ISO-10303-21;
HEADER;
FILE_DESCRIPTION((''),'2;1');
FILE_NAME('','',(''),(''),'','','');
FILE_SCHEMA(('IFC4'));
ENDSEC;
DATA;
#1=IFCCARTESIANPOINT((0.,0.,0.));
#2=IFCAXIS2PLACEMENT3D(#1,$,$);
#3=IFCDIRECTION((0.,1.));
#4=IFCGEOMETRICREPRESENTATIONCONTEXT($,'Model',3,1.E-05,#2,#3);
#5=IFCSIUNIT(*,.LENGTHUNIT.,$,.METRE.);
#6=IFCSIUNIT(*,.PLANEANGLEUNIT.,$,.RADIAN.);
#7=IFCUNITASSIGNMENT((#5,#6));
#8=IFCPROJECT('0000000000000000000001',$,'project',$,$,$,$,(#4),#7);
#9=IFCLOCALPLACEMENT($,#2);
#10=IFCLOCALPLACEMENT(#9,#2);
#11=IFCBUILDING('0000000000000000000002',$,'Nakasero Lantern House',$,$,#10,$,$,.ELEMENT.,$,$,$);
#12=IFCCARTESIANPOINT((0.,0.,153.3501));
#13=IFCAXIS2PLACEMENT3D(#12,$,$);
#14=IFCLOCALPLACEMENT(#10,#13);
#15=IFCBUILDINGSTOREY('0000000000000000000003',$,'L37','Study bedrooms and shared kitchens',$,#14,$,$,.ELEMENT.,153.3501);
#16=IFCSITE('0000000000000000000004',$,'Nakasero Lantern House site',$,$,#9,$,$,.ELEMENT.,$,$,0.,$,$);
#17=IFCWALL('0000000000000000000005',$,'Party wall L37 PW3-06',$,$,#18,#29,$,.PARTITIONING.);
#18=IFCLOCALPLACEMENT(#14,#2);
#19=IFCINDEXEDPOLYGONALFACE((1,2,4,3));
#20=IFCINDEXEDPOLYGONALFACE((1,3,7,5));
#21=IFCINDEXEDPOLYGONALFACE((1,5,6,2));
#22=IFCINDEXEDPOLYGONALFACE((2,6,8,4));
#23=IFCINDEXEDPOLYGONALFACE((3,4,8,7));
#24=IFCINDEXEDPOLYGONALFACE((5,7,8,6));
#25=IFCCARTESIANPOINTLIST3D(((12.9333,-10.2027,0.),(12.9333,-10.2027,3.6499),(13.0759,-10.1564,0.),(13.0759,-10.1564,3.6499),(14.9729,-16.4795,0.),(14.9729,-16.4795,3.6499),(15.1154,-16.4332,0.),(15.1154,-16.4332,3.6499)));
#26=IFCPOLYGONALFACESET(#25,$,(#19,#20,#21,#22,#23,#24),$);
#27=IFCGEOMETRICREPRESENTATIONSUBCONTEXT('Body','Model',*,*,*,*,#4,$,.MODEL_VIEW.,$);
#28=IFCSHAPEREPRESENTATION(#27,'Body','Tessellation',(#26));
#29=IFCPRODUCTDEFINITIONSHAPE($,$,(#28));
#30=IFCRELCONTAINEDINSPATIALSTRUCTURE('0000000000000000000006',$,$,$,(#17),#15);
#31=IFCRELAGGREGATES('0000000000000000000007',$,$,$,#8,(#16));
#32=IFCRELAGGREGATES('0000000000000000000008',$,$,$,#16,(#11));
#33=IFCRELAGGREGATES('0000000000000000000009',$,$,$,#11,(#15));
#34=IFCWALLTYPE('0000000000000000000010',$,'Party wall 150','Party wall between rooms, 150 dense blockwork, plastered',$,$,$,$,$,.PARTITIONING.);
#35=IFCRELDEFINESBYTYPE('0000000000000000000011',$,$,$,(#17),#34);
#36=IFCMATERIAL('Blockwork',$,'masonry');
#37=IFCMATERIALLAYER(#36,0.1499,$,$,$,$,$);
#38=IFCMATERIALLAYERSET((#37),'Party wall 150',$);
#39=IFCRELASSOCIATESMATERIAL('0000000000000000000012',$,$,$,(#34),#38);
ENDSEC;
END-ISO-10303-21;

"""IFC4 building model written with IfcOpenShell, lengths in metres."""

from ifc_helpers import new_model, si_unit, direction, frame, frame_2d, origin, place, context, subcontext, project, spatial, rectangle, extrude, material, layer, layer_set, type_object, element, save


model = new_model("IFC4")

# Units and contexts
model_context = context("Model", 3, precision=1e-05, world=origin(), true_north=direction((0.0, 1.0)))
body_context = subcontext(model_context, "Body", "Model", "MODEL_VIEW")
ifc_project = project(units=[si_unit("LENGTHUNIT", "METRE"), si_unit("PLANEANGLEUNIT", "RADIAN")], contexts=[model_context])

# Site, building, storey
site_placement = place(None, origin())
site = spatial("IfcSite", under=ifc_project, at=site_placement, Name="Nakasero Lantern House site", CompositionType="ELEMENT", RefElevation=0.0)
building_placement = place(site_placement, origin())
building = spatial("IfcBuilding", under=site, at=building_placement, Name="Nakasero Lantern House", CompositionType="ELEMENT")
storey_placement = place(building_placement, frame((0.0, 0.0, 153.3501)))
storey = spatial("IfcBuildingStorey", under=building, at=storey_placement, Name="L37", Description="Study bedrooms and shared kitchens", CompositionType="ELEMENT", Elevation=153.3501)

# Wall
ifc_material_1 = material(Name="Blockwork", Category="masonry")
ifc_layer_1 = layer(ifc_material_1, 0.1499)
ifc_layer_set_1 = layer_set([ifc_layer_1], Name="Party wall 150")
wall_type_1 = type_object("IfcWallType", Name="Party wall 150", Description="Party wall between rooms, 150 dense blockwork, plastered", PredefinedType="PARTITIONING", material=ifc_layer_set_1)
wall_1_placement = place(storey_placement, frame((13.0046, -10.1797, 0.0), z_axis=(0.0, 0.0, 1.0), x_axis=(0.309028, -0.951053, 0.0)))
element("IfcWall", 1, at=wall_1_placement, inside=storey, type_object=wall_type_1, Name="Party wall L37 PW3-06", PredefinedType="PARTITIONING", context=body_context, shape_type="SweptSolid", body=[
    extrude(rectangle(XDim=6.5999, YDim=0.1499, at=frame_2d((3.2998, 0.0))), origin(), (0.0, 0.0, 1.0), 3.6499),
])

save(model, "model.ifc")
